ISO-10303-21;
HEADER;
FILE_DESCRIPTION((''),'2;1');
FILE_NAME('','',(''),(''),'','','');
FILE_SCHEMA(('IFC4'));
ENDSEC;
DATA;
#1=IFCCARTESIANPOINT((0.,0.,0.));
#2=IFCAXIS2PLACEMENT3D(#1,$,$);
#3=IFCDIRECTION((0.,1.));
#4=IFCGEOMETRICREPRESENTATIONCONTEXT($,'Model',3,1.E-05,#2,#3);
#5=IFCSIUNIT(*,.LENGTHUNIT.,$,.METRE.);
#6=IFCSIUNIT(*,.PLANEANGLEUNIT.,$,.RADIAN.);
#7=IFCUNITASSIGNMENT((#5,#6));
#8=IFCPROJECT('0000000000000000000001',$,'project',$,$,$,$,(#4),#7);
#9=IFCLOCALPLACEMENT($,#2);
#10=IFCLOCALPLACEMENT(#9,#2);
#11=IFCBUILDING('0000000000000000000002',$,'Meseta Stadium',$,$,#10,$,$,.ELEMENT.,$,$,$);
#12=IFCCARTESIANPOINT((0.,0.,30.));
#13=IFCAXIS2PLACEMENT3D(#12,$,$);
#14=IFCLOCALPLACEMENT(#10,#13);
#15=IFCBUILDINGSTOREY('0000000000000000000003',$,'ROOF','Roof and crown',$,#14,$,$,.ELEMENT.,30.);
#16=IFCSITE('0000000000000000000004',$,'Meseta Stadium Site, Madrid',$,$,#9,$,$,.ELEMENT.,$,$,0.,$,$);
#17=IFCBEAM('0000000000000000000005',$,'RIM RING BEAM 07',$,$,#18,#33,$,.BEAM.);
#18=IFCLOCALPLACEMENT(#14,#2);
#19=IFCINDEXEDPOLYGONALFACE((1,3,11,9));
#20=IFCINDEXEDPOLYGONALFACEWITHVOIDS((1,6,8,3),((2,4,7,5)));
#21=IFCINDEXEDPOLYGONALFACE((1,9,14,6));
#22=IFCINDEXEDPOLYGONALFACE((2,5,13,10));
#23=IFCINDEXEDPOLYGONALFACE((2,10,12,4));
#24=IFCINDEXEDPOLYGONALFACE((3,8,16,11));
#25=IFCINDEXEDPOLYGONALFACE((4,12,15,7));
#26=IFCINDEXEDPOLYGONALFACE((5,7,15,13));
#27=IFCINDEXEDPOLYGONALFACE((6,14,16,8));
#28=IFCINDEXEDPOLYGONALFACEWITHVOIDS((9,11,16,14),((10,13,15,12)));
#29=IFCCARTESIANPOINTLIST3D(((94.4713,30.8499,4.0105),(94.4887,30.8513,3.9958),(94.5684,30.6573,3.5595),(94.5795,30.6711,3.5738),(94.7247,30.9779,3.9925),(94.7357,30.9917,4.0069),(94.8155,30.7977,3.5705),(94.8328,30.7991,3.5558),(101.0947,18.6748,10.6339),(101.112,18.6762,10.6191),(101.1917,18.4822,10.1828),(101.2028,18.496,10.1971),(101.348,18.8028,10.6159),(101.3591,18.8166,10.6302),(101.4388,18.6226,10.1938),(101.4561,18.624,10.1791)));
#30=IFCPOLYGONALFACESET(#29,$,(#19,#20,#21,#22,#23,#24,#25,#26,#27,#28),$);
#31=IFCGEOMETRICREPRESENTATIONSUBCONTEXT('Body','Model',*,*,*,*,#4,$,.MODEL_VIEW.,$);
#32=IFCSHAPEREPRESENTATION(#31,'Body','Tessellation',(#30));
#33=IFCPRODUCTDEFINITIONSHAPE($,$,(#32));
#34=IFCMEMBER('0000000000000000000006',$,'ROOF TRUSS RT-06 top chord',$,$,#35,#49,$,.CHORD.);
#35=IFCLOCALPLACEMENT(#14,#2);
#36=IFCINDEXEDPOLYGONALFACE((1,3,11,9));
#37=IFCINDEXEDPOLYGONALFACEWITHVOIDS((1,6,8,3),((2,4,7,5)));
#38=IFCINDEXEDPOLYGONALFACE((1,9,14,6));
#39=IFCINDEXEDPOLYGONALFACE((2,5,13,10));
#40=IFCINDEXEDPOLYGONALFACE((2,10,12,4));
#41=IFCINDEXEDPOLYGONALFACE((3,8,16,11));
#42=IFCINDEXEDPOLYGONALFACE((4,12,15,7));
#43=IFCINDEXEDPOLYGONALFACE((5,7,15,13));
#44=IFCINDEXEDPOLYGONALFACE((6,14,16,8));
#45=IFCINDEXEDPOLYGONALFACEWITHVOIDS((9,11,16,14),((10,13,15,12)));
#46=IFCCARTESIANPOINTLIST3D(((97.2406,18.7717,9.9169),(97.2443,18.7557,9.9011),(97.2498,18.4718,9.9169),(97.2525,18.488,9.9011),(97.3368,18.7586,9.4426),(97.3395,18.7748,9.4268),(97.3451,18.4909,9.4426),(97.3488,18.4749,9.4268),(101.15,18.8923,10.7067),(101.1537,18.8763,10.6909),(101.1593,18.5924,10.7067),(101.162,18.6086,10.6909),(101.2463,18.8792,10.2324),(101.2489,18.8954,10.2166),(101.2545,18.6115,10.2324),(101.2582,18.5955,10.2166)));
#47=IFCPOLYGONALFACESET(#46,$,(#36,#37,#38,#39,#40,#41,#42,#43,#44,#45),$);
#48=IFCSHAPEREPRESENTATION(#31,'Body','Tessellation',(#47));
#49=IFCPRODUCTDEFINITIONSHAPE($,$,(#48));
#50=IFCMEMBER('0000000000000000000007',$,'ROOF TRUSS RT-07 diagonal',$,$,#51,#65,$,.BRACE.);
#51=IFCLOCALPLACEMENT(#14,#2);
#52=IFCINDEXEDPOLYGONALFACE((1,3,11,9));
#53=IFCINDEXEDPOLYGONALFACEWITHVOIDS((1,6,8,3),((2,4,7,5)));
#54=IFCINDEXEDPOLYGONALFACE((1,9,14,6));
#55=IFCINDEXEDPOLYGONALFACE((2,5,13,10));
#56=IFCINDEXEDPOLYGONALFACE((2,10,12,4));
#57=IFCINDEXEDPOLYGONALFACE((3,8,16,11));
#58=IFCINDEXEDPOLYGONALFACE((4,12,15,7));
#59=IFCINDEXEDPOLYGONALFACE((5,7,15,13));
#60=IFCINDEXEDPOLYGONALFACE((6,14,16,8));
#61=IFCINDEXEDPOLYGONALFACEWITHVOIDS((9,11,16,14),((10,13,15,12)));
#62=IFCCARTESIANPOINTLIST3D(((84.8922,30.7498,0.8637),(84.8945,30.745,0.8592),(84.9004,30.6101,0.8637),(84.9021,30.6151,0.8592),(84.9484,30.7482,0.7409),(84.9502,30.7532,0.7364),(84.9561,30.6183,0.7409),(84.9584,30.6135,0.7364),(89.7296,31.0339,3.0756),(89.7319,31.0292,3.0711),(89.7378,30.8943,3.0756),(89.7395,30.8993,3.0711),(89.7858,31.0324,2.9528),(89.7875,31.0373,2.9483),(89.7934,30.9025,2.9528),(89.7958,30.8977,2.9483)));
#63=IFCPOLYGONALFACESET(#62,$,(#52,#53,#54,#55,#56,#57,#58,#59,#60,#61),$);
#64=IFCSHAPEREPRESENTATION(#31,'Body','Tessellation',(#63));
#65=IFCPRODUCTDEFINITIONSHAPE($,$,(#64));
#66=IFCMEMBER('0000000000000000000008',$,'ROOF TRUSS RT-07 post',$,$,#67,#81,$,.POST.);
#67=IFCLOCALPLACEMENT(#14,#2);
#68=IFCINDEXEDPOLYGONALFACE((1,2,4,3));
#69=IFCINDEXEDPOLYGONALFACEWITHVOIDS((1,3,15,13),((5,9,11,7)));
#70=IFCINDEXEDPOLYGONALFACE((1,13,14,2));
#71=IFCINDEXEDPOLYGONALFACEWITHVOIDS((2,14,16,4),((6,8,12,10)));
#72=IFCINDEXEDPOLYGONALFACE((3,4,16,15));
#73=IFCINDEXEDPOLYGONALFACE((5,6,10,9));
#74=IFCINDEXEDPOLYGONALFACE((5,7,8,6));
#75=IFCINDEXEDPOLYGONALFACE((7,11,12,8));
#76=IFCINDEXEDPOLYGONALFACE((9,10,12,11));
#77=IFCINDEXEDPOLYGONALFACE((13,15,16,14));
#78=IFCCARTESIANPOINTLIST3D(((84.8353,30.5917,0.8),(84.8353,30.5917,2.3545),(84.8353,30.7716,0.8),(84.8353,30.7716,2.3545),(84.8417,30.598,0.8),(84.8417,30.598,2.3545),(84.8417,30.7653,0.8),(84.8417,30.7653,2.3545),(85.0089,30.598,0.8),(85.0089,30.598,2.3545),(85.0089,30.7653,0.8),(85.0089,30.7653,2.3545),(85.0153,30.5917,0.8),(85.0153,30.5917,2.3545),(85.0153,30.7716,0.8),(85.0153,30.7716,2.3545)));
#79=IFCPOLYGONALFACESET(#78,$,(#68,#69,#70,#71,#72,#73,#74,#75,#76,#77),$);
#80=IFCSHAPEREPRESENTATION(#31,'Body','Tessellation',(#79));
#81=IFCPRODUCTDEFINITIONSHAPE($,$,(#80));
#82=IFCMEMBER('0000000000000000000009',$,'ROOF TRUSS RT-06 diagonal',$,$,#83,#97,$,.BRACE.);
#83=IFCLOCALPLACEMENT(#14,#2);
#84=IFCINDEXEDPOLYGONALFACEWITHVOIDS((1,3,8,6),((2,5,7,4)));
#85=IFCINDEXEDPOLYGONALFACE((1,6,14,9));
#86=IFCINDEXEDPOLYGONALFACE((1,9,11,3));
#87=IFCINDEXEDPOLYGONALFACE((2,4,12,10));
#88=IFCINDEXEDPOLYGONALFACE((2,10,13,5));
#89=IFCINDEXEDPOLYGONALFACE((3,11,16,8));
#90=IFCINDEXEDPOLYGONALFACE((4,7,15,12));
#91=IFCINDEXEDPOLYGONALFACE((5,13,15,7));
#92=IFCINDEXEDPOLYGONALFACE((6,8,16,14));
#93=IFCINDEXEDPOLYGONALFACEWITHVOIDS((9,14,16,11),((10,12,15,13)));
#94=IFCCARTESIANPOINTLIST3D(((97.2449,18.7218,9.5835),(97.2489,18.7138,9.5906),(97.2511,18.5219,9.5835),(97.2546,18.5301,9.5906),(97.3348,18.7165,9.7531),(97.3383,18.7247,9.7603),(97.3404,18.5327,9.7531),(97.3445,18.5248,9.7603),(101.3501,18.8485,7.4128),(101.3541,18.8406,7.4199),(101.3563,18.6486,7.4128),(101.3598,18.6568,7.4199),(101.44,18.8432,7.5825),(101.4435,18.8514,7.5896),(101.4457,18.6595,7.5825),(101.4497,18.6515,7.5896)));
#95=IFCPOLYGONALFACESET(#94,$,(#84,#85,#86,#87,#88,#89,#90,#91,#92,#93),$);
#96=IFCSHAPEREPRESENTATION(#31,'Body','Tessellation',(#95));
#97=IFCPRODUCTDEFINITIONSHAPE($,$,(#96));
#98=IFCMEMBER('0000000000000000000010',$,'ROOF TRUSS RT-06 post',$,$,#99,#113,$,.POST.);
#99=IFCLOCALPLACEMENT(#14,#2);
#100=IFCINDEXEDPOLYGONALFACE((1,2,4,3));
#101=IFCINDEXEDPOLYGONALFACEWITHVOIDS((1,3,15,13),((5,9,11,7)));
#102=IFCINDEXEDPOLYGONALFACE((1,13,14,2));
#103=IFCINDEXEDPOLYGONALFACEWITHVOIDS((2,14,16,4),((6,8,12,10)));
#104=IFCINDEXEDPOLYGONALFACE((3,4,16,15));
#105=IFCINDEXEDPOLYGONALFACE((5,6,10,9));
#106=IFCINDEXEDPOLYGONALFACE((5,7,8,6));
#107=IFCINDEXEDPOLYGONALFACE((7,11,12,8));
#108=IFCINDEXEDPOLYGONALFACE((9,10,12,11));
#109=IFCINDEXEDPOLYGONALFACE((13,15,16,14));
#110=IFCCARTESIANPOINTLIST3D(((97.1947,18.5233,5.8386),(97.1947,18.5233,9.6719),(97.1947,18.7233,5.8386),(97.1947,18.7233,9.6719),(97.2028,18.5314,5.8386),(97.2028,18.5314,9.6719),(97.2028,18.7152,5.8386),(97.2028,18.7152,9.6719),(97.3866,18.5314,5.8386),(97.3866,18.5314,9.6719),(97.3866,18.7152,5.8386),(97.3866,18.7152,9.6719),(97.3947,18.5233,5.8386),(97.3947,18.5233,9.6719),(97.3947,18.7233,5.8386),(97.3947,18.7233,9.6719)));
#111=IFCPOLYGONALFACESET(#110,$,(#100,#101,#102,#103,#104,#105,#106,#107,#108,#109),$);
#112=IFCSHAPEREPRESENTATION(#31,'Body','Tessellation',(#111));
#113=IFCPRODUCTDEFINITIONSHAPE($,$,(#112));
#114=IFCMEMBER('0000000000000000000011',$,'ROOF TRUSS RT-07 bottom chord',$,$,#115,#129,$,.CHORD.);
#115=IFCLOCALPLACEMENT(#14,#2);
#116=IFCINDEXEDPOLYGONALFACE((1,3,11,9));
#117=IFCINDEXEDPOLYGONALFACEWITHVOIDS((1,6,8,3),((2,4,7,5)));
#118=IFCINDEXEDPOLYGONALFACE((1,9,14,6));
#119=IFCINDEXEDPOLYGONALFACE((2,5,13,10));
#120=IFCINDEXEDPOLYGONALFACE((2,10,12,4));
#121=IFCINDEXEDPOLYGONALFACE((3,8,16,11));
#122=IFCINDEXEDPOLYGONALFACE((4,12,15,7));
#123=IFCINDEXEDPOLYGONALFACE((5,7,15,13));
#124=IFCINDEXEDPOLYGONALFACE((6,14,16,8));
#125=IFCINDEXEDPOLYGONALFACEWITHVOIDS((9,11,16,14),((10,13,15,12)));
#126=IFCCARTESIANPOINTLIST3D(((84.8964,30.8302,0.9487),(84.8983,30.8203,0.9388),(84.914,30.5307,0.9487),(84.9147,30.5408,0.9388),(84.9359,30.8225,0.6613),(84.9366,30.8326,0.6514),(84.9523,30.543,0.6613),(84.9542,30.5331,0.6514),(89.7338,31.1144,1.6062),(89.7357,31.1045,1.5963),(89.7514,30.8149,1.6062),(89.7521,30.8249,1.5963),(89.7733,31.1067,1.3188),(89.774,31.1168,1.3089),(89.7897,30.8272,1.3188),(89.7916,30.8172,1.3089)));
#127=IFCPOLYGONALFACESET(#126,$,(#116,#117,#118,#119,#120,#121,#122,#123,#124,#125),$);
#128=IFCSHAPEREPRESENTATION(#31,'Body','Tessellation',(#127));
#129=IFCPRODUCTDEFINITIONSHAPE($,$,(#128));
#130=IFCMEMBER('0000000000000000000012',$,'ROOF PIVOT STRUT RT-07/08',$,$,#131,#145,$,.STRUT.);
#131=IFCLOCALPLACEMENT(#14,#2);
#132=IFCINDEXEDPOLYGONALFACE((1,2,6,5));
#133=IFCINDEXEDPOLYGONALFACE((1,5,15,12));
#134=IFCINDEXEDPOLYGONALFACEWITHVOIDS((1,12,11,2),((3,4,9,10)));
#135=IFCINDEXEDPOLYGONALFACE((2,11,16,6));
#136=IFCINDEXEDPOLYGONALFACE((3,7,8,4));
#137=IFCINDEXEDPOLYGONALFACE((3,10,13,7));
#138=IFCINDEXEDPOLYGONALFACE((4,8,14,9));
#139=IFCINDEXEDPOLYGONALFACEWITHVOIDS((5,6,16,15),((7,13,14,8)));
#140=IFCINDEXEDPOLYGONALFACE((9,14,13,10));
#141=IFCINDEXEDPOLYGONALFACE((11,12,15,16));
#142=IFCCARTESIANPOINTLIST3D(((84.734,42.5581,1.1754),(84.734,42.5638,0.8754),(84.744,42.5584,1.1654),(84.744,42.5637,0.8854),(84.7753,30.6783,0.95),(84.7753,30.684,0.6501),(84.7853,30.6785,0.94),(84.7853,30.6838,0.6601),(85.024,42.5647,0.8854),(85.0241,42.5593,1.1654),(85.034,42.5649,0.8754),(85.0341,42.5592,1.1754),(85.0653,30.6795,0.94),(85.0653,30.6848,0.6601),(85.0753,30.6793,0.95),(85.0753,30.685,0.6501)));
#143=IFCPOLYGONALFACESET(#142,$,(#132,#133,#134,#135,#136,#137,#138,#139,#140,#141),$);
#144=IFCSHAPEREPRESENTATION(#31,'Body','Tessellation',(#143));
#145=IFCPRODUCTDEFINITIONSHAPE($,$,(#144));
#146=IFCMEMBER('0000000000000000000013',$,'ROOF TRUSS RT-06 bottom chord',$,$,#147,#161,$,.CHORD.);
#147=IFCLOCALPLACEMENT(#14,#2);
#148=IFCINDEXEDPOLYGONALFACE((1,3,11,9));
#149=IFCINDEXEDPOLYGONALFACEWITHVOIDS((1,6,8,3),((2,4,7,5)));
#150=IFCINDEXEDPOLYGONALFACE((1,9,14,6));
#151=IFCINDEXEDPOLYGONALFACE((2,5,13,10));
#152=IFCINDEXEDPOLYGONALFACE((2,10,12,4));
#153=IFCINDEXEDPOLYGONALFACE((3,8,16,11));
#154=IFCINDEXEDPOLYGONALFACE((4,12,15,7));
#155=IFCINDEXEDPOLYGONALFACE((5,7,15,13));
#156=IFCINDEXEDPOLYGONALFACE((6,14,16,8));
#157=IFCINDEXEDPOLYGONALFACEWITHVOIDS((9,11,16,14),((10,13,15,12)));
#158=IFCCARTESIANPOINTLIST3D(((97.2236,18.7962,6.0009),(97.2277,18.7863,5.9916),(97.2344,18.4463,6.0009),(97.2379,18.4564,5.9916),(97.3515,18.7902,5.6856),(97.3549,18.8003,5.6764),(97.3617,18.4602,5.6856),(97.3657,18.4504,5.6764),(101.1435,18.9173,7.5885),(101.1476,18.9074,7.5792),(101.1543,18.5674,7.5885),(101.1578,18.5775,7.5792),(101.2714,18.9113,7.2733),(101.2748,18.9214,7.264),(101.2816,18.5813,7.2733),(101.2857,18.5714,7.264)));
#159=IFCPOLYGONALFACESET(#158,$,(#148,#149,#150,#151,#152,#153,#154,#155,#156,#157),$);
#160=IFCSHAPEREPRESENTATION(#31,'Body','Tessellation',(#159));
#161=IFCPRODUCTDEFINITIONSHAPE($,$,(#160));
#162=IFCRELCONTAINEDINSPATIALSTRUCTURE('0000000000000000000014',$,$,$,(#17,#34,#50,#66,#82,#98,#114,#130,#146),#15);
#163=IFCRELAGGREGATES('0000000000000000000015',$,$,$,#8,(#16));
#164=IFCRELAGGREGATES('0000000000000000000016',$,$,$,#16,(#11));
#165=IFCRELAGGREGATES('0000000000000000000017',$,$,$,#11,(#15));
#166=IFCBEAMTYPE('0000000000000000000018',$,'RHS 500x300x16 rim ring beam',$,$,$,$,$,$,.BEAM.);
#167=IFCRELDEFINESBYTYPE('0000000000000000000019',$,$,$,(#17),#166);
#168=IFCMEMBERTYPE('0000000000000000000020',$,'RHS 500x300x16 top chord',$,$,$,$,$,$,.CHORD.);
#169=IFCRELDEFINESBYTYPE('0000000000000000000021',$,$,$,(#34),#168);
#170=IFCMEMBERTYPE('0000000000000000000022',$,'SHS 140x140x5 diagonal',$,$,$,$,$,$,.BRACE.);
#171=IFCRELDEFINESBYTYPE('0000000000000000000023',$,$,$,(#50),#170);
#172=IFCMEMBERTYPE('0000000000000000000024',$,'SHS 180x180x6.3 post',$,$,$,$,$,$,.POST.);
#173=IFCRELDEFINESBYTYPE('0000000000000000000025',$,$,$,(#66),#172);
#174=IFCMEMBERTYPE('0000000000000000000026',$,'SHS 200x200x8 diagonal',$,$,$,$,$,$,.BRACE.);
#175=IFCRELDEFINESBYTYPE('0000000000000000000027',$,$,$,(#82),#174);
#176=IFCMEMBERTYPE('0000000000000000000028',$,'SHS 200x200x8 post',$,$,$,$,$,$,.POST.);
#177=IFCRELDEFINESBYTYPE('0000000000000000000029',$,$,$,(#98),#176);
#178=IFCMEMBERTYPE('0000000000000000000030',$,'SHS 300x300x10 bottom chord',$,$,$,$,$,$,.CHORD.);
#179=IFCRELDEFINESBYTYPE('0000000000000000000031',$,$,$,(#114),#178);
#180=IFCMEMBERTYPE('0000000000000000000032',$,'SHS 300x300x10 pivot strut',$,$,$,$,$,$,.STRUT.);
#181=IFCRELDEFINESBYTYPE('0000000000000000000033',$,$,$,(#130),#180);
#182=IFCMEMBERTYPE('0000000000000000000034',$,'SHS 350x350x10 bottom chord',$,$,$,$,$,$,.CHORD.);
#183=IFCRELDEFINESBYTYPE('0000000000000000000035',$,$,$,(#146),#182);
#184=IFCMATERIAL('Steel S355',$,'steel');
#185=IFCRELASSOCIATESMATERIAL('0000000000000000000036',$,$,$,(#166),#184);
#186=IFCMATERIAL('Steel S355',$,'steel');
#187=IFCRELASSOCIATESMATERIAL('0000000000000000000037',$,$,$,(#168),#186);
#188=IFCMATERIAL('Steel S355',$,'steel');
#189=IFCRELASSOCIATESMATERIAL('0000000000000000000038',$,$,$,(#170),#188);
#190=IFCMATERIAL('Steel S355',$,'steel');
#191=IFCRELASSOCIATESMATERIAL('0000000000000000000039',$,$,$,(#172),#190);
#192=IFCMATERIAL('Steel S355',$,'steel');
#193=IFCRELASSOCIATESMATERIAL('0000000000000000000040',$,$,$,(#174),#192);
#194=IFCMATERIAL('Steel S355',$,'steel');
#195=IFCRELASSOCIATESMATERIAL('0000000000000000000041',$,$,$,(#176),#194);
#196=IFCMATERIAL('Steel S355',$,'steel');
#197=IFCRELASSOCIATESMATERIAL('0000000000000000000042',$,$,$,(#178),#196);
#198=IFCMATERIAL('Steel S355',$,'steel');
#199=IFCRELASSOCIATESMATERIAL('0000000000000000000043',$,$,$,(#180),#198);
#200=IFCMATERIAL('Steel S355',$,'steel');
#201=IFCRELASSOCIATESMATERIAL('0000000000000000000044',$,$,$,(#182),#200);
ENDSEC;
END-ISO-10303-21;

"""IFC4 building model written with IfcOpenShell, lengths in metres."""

from ifc_helpers import new_model, si_unit, direction, frame, origin, origin_2d, place, context, subcontext, project, spatial, hollow_rectangle, extrude, material, material_profile, profile_set, type_object, element, save


model = new_model("IFC4")

# Units and contexts
model_context = context("Model", 3, precision=1e-05, world=origin(), true_north=direction((0.0, 1.0)))
body_context = subcontext(model_context, "Body", "Model", "MODEL_VIEW")
ifc_project = project(units=[si_unit("LENGTHUNIT", "METRE"), si_unit("PLANEANGLEUNIT", "RADIAN")], contexts=[model_context])

# Site, building, storey
site_placement = place(None, origin())
site = spatial("IfcSite", under=ifc_project, at=site_placement, Name="Meseta Stadium Site, Madrid", CompositionType="ELEMENT", RefElevation=0.0)
building_placement = place(site_placement, origin())
building = spatial("IfcBuilding", under=site, at=building_placement, Name="Meseta Stadium", CompositionType="ELEMENT")
storey_placement = place(building_placement, frame((0.0, 0.0, 30.0)))
storey = spatial("IfcBuildingStorey", under=building, at=storey_placement, Name="ROOF", Description="Roof and crown", CompositionType="ELEMENT", Elevation=30.0)

# Beam
ifc_material_1 = material(Name="Steel S355", Category="steel")
ifc_material_profile_1 = material_profile(ifc_material_1, hollow_rectangle(XDim=0.3, YDim=0.5, WallThickness=0.0161, at=origin_2d()), Name="RHS 500x300x16")
ifc_profile_set_1 = profile_set([ifc_material_profile_1], Name="Steel S355")
beam_type = type_object("IfcBeamType", Name="RHS 500x300x16 rim ring beam", PredefinedType="BEAM", material=ifc_profile_set_1)
beam_placement = place(storey_placement, frame((101.2754, 18.6494, 10.4065), z_axis=(-0.431169, 0.792582, -0.431169), x_axis=(-0.881143, -0.472691, 0.012234)))
element("IfcBeam", 1, at=beam_placement, inside=storey, type_object=beam_type, Name="RIM RING BEAM 07", PredefinedType="BEAM", context=body_context, shape_type="SweptSolid", body=[
    extrude(hollow_rectangle(XDim=0.3, YDim=0.5, WallThickness=0.0161, at=origin_2d()), origin(), (0.0, 0.0, 1.0), 15.3613),
])

# Members
ifc_material_2 = material(Name="Steel S355", Category="steel")
ifc_material_profile_2 = material_profile(ifc_material_2, hollow_rectangle(XDim=0.3, YDim=0.5, WallThickness=0.0161, at=origin_2d()), Name="RHS 500x300x16")
ifc_profile_set_2 = profile_set([ifc_material_profile_2], Name="Steel S355")
member_type_1 = type_object("IfcMemberType", Name="RHS 500x300x16 top chord", PredefinedType="CHORD", material=ifc_profile_set_2)
member_1_placement = place(storey_placement, frame((97.2947, 18.6233, 9.6719), z_axis=(0.97975, 0.030225, 0.197932), x_axis=(-0.030835, 0.999524, 0.0)))
element("IfcMember", 2, at=member_1_placement, inside=storey, type_object=member_type_1, Name="ROOF TRUSS RT-06 top chord", PredefinedType="CHORD", context=body_context, shape_type="SweptSolid", body=[
    extrude(hollow_rectangle(XDim=0.3, YDim=0.5, WallThickness=0.0161, at=origin_2d()), origin(), (0.0, 0.0, 1.0), 3.9902),
])
ifc_material_3 = material(Name="Steel S355", Category="steel")
ifc_material_profile_3 = material_profile(ifc_material_3, hollow_rectangle(XDim=0.1399, YDim=0.1399, WallThickness=0.0049, at=origin_2d()), Name="SHS 140x140x5")
ifc_profile_set_3 = profile_set([ifc_material_profile_3], Name="Steel S355")
member_type_2 = type_object("IfcMemberType", Name="SHS 140x140x5 diagonal", PredefinedType="BRACE", material=ifc_profile_set_3)
member_2_placement = place(storey_placement, frame((84.9253, 30.6816, 0.8), z_axis=(0.908142, 0.05335, 0.41525), x_axis=(-0.058645, 0.998279, 0.0)))
element("IfcMember", 3, at=member_2_placement, inside=storey, type_object=member_type_2, Name="ROOF TRUSS RT-07 diagonal", PredefinedType="BRACE", context=body_context, shape_type="SweptSolid", body=[
    extrude(hollow_rectangle(XDim=0.1399, YDim=0.1399, WallThickness=0.0049, at=origin_2d()), origin(), (0.0, 0.0, 1.0), 5.3267),
])
ifc_material_4 = material(Name="Steel S355", Category="steel")
ifc_material_profile_4 = material_profile(ifc_material_4, hollow_rectangle(XDim=0.1799, YDim=0.1799, WallThickness=0.0063, at=origin_2d()), Name="SHS 180x180x6.3")
ifc_profile_set_4 = profile_set([ifc_material_profile_4], Name="Steel S355")
member_type_3 = type_object("IfcMemberType", Name="SHS 180x180x6.3 post", PredefinedType="POST", material=ifc_profile_set_4)
member_3_placement = place(storey_placement, frame((84.9253, 30.6816, 0.8), z_axis=(0.0, 0.0, 1.0), x_axis=(1.0, 0.0, 0.0)))
element("IfcMember", 4, at=member_3_placement, inside=storey, type_object=member_type_3, Name="ROOF TRUSS RT-07 post", PredefinedType="POST", context=body_context, shape_type="SweptSolid", body=[
    extrude(hollow_rectangle(XDim=0.1799, YDim=0.1799, WallThickness=0.0063, at=origin_2d()), origin(), (0.0, 0.0, 1.0), 1.5544),
])
ifc_material_5 = material(Name="Steel S355", Category="steel")
ifc_material_profile_5 = material_profile(ifc_material_5, hollow_rectangle(XDim=0.2, YDim=0.2, WallThickness=0.0081, at=origin_2d()), Name="SHS 200x200x8")
ifc_profile_set_5 = profile_set([ifc_material_profile_5], Name="Steel S355")
member_type_4 = type_object("IfcMemberType", Name="SHS 200x200x8 diagonal", PredefinedType="BRACE", material=ifc_profile_set_5)
member_4_placement = place(storey_placement, frame((97.2947, 18.6233, 9.6719), z_axis=(0.883699, 0.027276, -0.46726), x_axis=(-0.030851, 0.999524, 0.0)))
element("IfcMember", 5, at=member_4_placement, inside=storey, type_object=member_type_4, Name="ROOF TRUSS RT-06 diagonal", PredefinedType="BRACE", context=body_context, shape_type="SweptSolid", body=[
    extrude(hollow_rectangle(XDim=0.2, YDim=0.2, WallThickness=0.0081, at=origin_2d()), origin(), (0.0, 0.0, 1.0), 4.6455),
])
ifc_material_6 = material(Name="Steel S355", Category="steel")
ifc_material_profile_6 = material_profile(ifc_material_6, hollow_rectangle(XDim=0.2, YDim=0.2, WallThickness=0.0081, at=origin_2d()), Name="SHS 200x200x8")
ifc_profile_set_6 = profile_set([ifc_material_profile_6], Name="Steel S355")
member_type_5 = type_object("IfcMemberType", Name="SHS 200x200x8 post", PredefinedType="POST", material=ifc_profile_set_6)
member_5_placement = place(storey_placement, frame((97.2947, 18.6233, 5.8386), z_axis=(0.0, 0.0, 1.0), x_axis=(1.0, 0.0, 0.0)))
element("IfcMember", 6, at=member_5_placement, inside=storey, type_object=member_type_5, Name="ROOF TRUSS RT-06 post", PredefinedType="POST", context=body_context, shape_type="SweptSolid", body=[
    extrude(hollow_rectangle(XDim=0.2, YDim=0.2, WallThickness=0.0081, at=origin_2d()), origin(), (0.0, 0.0, 1.0), 3.8333),
])
ifc_material_7 = material(Name="Steel S355", Category="steel")
ifc_material_profile_7 = material_profile(ifc_material_7, hollow_rectangle(XDim=0.3, YDim=0.3, WallThickness=0.01, at=origin_2d()), Name="SHS 300x300x10")
ifc_profile_set_7 = profile_set([ifc_material_profile_7], Name="Steel S355")
member_type_6 = type_object("IfcMemberType", Name="SHS 300x300x10 bottom chord", PredefinedType="CHORD", material=ifc_profile_set_7)
member_6_placement = place(storey_placement, frame((84.9253, 30.6816, 0.8), z_axis=(0.989215, 0.058113, 0.134448), x_axis=(-0.058645, 0.998279, 0.0)))
element("IfcMember", 7, at=member_6_placement, inside=storey, type_object=member_type_6, Name="ROOF TRUSS RT-07 bottom chord", PredefinedType="CHORD", context=body_context, shape_type="SweptSolid", body=[
    extrude(hollow_rectangle(XDim=0.3, YDim=0.3, WallThickness=0.01, at=origin_2d()), origin(), (0.0, 0.0, 1.0), 4.8901),
])
ifc_material_8 = material(Name="Steel S355", Category="steel")
ifc_material_profile_8 = material_profile(ifc_material_8, hollow_rectangle(XDim=0.3, YDim=0.3, WallThickness=0.01, at=origin_2d()), Name="SHS 300x300x10")
ifc_profile_set_8 = profile_set([ifc_material_profile_8], Name="Steel S355")
member_type_7 = type_object("IfcMemberType", Name="SHS 300x300x10 pivot strut", PredefinedType="STRUT", material=ifc_profile_set_8)
member_7_placement = place(storey_placement, frame((84.9253, 30.6816, 0.8), z_axis=(-0.003472, 0.999814, 0.018965), x_axis=(-0.999994, -0.003473, 0.0)))
element("IfcMember", 8, at=member_7_placement, inside=storey, type_object=member_type_7, Name="ROOF PIVOT STRUT RT-07/08", PredefinedType="STRUT", context=body_context, shape_type="SweptSolid", body=[
    extrude(hollow_rectangle(XDim=0.3, YDim=0.3, WallThickness=0.01, at=origin_2d()), origin(), (0.0, 0.0, 1.0), 11.8821),
])
ifc_material_9 = material(Name="Steel S355", Category="steel")
ifc_material_profile_9 = material_profile(ifc_material_9, hollow_rectangle(XDim=0.3501, YDim=0.3501, WallThickness=0.01, at=origin_2d()), Name="SHS 350x350x10")
ifc_profile_set_9 = profile_set([ifc_material_profile_9], Name="Steel S355")
member_type_8 = type_object("IfcMemberType", Name="SHS 350x350x10 bottom chord", PredefinedType="CHORD", material=ifc_profile_set_9)
member_8_placement = place(storey_placement, frame((97.2947, 18.6233, 5.8386), z_axis=(0.926484, 0.028621, 0.375244), x_axis=(-0.030877, 0.999523, 0.0)))
element("IfcMember", 9, at=member_8_placement, inside=storey, type_object=member_type_8, Name="ROOF TRUSS RT-06 bottom chord", PredefinedType="CHORD", context=body_context, shape_type="SweptSolid", body=[
    extrude(hollow_rectangle(XDim=0.3501, YDim=0.3501, WallThickness=0.01, at=origin_2d()), origin(), (0.0, 0.0, 1.0), 4.231),
])

save(model, "model.ifc")
